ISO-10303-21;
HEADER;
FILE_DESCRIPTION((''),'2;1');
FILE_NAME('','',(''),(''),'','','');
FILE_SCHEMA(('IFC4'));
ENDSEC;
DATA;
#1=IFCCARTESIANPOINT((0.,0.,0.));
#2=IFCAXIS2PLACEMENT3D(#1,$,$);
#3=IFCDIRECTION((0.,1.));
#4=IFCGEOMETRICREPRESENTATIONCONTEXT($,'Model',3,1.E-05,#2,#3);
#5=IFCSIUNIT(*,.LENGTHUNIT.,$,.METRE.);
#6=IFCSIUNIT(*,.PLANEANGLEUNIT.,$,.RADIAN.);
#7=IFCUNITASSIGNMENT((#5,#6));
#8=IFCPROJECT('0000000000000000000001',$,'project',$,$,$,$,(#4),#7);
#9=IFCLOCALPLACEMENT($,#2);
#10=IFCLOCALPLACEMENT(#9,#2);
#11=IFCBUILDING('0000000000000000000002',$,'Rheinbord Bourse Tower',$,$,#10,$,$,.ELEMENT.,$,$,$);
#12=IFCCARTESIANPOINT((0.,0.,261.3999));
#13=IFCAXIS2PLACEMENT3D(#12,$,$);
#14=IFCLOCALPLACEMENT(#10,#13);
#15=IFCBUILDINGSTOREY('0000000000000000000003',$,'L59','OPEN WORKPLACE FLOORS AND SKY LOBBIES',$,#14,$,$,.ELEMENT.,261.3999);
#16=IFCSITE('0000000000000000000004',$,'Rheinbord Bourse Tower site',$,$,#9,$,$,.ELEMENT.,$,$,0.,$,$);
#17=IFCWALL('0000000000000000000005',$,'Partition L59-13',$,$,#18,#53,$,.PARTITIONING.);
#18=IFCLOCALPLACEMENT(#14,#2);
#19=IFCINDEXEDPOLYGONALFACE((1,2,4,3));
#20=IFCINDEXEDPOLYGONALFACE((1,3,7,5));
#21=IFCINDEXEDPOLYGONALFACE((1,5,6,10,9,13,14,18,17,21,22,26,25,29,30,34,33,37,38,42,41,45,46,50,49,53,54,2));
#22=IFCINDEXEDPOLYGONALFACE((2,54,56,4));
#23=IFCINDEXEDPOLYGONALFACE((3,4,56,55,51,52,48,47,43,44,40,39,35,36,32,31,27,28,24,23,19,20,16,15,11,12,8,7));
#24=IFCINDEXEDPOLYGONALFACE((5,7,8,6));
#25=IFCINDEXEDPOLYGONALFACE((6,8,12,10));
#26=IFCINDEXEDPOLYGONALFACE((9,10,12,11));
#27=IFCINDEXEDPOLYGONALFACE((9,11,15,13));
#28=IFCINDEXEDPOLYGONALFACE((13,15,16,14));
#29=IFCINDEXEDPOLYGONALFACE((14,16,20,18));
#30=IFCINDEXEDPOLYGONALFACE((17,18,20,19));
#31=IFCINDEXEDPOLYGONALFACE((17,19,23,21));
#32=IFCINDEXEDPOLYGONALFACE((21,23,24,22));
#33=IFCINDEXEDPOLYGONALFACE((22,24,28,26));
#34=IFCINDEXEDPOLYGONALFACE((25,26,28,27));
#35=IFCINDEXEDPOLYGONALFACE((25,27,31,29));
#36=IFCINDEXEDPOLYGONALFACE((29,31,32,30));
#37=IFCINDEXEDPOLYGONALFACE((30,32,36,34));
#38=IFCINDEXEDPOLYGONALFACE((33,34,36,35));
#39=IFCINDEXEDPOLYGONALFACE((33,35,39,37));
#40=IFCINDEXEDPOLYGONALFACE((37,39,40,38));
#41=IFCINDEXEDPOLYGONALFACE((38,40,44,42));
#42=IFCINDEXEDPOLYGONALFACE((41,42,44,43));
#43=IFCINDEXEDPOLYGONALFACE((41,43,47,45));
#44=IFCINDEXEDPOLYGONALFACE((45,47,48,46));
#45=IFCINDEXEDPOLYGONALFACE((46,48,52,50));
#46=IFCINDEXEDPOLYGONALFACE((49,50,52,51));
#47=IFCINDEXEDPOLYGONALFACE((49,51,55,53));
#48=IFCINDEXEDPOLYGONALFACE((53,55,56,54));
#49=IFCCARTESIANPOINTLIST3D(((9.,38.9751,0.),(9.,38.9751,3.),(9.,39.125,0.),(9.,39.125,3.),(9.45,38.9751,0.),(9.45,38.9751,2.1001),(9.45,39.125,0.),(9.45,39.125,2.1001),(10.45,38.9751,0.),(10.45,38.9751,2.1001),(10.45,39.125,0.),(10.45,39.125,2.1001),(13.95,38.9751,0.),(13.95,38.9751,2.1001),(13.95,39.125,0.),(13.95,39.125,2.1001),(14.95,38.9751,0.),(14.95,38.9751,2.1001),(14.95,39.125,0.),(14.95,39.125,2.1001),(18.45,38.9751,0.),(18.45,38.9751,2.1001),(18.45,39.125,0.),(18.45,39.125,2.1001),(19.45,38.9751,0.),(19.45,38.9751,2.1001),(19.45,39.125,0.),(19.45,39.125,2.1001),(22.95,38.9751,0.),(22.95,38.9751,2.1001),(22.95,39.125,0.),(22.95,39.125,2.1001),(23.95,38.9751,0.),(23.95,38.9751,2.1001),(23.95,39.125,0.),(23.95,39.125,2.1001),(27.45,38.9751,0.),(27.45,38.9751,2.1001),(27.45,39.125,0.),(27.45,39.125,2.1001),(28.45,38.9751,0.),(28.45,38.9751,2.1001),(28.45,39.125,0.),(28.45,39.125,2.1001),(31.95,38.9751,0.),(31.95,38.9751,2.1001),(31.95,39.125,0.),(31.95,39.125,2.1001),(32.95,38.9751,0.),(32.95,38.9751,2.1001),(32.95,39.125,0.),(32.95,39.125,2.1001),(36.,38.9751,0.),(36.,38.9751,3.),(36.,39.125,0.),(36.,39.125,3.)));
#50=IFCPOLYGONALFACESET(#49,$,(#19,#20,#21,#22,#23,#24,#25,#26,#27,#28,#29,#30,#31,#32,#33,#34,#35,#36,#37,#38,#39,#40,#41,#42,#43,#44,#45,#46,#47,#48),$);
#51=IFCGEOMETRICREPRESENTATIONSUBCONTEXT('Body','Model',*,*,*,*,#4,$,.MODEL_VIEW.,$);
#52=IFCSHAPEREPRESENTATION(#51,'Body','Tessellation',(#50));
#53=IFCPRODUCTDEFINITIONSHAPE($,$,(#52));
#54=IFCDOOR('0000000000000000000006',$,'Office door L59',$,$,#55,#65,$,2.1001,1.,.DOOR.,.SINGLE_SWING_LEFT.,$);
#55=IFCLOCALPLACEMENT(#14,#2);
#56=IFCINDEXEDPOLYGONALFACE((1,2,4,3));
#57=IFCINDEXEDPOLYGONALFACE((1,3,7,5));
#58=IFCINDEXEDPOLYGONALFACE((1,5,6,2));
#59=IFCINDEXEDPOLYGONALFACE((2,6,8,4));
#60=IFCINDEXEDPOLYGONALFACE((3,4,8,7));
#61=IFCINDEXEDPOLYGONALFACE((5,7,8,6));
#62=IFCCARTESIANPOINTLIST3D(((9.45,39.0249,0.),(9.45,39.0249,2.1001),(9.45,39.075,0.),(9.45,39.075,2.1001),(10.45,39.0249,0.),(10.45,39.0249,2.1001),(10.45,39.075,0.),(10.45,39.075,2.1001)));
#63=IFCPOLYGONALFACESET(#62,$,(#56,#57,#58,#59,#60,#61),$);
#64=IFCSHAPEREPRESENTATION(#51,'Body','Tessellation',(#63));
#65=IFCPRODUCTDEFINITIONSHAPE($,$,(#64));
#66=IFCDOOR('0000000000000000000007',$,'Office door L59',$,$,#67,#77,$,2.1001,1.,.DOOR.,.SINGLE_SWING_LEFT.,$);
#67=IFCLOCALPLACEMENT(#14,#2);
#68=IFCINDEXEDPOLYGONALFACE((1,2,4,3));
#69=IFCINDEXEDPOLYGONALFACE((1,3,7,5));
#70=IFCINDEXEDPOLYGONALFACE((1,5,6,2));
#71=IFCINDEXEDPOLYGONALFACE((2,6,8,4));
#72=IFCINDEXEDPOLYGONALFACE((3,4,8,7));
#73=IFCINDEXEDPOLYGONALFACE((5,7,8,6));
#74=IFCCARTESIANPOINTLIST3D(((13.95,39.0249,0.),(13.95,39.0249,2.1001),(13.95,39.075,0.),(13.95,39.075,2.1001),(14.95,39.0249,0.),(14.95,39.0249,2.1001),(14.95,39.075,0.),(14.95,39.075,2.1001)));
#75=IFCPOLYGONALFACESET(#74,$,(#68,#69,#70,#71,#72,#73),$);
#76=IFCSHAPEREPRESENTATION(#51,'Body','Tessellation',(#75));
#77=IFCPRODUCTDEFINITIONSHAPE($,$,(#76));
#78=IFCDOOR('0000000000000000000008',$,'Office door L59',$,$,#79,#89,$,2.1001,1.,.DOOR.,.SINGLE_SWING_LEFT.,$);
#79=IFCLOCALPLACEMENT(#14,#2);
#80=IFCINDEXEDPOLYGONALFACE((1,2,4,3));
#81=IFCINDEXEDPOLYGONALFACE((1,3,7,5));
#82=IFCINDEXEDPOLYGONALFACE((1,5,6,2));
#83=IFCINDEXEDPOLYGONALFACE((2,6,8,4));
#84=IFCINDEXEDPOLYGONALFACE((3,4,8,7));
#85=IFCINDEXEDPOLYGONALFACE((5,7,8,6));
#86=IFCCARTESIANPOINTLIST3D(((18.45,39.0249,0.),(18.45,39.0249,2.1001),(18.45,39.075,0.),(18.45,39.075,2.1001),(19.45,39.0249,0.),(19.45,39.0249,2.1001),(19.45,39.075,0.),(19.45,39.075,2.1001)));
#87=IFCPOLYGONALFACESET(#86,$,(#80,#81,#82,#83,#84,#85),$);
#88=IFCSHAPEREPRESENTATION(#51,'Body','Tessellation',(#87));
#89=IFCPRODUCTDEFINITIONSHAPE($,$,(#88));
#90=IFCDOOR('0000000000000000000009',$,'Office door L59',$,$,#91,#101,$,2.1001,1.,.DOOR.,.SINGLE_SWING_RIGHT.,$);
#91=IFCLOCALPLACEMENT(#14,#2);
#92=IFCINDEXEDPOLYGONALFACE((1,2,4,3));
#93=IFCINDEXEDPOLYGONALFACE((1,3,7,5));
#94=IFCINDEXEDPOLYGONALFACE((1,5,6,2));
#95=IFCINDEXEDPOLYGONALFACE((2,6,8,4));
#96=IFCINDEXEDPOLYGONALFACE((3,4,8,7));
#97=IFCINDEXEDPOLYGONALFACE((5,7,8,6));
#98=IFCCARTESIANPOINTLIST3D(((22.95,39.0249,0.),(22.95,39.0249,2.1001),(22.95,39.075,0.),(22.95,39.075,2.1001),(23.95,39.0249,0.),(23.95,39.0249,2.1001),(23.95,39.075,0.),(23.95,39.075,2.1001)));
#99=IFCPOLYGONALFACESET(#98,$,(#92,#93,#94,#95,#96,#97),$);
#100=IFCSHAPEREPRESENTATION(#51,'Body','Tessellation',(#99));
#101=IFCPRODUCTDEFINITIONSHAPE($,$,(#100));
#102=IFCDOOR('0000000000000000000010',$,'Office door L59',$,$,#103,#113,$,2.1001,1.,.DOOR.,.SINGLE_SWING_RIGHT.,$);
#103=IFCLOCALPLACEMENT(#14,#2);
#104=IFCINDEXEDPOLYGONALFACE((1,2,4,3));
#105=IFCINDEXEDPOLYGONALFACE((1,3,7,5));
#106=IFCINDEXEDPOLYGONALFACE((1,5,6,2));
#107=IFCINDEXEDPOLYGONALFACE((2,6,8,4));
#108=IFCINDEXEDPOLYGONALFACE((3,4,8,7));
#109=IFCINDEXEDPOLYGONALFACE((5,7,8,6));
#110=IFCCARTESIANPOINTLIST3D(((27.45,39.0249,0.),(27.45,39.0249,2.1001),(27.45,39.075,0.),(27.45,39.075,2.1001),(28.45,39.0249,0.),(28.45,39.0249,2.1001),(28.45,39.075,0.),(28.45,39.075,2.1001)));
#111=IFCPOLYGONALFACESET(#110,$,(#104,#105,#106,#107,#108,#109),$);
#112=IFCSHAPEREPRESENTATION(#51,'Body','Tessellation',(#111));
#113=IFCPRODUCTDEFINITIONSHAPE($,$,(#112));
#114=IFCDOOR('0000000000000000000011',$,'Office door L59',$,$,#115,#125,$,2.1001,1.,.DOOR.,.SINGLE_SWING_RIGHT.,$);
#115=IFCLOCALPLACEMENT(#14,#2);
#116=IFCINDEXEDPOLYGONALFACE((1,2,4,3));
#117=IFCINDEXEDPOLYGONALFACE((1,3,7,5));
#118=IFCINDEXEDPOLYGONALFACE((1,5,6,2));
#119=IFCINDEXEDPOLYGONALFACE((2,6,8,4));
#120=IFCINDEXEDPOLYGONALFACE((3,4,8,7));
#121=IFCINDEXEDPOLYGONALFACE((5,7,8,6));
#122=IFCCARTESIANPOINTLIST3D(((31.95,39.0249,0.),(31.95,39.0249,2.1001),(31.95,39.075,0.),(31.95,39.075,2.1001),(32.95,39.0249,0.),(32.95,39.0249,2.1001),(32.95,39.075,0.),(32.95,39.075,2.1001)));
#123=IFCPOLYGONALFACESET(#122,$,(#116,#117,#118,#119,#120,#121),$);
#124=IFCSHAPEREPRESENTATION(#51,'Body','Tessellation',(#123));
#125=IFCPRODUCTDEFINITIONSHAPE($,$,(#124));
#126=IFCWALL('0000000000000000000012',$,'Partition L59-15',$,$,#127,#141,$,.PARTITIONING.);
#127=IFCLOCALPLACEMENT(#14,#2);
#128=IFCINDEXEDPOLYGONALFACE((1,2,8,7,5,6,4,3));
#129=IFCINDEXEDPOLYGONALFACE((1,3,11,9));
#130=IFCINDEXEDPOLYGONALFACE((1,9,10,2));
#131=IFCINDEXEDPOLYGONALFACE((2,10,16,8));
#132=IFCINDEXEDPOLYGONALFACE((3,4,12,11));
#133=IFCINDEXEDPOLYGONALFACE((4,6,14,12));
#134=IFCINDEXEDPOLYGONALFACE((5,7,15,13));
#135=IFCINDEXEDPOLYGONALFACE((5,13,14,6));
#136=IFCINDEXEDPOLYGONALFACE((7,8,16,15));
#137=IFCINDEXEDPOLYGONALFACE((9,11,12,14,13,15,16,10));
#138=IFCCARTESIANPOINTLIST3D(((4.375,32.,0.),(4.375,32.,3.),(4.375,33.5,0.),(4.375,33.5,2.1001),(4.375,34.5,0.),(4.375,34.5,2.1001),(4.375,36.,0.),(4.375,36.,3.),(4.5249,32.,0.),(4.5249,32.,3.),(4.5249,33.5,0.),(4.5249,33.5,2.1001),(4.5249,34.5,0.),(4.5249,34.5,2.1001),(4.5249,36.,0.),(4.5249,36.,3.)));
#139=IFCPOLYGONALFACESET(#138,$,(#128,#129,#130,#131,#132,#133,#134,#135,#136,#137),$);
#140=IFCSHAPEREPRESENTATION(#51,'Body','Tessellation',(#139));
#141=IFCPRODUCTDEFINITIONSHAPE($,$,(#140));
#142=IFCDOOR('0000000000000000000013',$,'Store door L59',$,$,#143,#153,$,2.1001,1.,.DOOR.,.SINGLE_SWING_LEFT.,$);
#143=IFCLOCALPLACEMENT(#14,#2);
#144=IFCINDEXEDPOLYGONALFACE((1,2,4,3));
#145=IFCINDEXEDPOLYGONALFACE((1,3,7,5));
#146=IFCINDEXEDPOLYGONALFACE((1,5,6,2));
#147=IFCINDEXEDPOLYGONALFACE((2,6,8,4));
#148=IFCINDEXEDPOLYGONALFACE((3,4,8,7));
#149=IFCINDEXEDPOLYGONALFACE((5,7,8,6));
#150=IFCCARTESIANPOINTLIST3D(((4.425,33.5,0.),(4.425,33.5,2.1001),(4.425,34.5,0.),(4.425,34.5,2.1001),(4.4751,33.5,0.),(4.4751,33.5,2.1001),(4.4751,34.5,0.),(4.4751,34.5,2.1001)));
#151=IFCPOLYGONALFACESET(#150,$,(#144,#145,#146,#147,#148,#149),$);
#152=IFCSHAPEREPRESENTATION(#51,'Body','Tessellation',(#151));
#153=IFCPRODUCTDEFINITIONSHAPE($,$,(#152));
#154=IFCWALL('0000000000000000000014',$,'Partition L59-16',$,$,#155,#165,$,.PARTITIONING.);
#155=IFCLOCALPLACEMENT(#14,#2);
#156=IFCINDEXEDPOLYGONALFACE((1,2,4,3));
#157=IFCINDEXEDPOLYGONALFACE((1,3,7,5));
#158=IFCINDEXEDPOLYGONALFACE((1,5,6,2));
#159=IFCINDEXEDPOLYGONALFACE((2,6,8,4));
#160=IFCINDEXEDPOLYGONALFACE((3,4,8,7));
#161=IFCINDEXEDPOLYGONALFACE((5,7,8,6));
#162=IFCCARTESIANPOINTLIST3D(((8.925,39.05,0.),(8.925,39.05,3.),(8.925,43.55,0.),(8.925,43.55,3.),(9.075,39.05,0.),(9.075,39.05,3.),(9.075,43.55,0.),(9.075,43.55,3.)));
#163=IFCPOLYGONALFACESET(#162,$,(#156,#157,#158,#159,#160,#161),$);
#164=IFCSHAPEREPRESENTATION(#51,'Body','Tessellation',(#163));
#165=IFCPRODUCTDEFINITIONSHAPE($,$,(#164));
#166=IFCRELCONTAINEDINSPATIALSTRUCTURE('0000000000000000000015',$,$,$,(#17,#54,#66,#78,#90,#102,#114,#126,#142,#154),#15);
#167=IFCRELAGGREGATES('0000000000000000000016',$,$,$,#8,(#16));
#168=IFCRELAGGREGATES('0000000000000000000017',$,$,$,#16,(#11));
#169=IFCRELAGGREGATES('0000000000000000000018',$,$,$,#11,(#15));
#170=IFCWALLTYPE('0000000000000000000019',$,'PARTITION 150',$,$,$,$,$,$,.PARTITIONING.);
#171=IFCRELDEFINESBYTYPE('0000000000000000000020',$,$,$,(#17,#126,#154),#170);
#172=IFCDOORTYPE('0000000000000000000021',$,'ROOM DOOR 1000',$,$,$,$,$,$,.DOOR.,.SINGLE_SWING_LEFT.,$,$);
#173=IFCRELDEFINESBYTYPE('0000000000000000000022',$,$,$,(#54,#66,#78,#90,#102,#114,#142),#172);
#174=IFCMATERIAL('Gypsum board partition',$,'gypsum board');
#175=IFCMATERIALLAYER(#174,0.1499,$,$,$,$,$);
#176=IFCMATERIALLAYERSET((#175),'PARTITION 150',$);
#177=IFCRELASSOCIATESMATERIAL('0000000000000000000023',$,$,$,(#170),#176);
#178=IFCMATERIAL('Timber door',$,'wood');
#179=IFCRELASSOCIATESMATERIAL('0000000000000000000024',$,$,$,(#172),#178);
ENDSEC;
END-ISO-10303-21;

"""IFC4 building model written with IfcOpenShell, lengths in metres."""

from ifc_helpers import new_model, si_unit, direction, frame, frame_2d, origin, place, context, subcontext, project, spatial, rectangle, extrude, material, layer, layer_set, type_object, element, fill, save


model = new_model("IFC4")

# Units and contexts
model_context = context("Model", 3, precision=1e-05, world=origin(), true_north=direction((0.0, 1.0)))
body_context = subcontext(model_context, "Body", "Model", "MODEL_VIEW")
ifc_project = project(units=[si_unit("LENGTHUNIT", "METRE"), si_unit("PLANEANGLEUNIT", "RADIAN")], contexts=[model_context])

# Site, building, storey
site_placement = place(None, origin())
site = spatial("IfcSite", under=ifc_project, at=site_placement, Name="Rheinbord Bourse Tower site", CompositionType="ELEMENT", RefElevation=0.0)
building_placement = place(site_placement, origin())
building = spatial("IfcBuilding", under=site, at=building_placement, Name="Rheinbord Bourse Tower", CompositionType="ELEMENT")
storey_placement = place(building_placement, frame((0.0, 0.0, 261.3999)))
storey = spatial("IfcBuildingStorey", under=building, at=storey_placement, Name="L59", Description="OPEN WORKPLACE FLOORS AND SKY LOBBIES", CompositionType="ELEMENT", Elevation=261.3999)

# Shared definitions
ifc_material_1 = material(Name="Gypsum board partition", Category="gypsum board")
ifc_layer_1 = layer(ifc_material_1, 0.1499)
ifc_layer_set_1 = layer_set([ifc_layer_1], Name="PARTITION 150")
wall_type = type_object("IfcWallType", Name="PARTITION 150", PredefinedType="PARTITIONING", material=ifc_layer_set_1)

# Wall, openings, doors
wall_1_placement = place(storey_placement, frame((9.0, 39.05, 0.0), z_axis=(0.0, 0.0, 1.0), x_axis=(1.0, 0.0, 0.0)))
wall_1 = element("IfcWall", 1, at=wall_1_placement, inside=storey, type_object=wall_type, Name="Partition L59-13", PredefinedType="PARTITIONING", context=body_context, shape_type="SweptSolid", body=[
    extrude(rectangle(XDim=27.0, YDim=0.1499, at=frame_2d((13.5, 0.0))), origin(), (0.0, 0.0, 1.0), 3.0),
])
opening_1_placement = place(wall_1_placement, frame((0.45, 0.0, 0.0)))
opening_1 = element("IfcOpeningElement", 2, at=opening_1_placement, cuts=wall_1, PredefinedType="OPENING", context=body_context, shape_type="SweptSolid", body=[
    extrude(rectangle(XDim=1.0, YDim=2.1001, at=frame_2d((0.5, 1.05))), frame((0.0, 0.085, 0.0), z_axis=(0.0, -1.0, 0.0), x_axis=(1.0, 0.0, 0.0)), (0.0, 0.0, 1.0), 0.1699),
])
opening_2_placement = place(wall_1_placement, frame((4.95, 0.0, 0.0)))
opening_2 = element("IfcOpeningElement", 3, at=opening_2_placement, cuts=wall_1, PredefinedType="OPENING", context=body_context, shape_type="SweptSolid", body=[
    extrude(rectangle(XDim=1.0, YDim=2.1001, at=frame_2d((0.5, 1.05))), frame((0.0, 0.085, 0.0), z_axis=(0.0, -1.0, 0.0), x_axis=(1.0, 0.0, 0.0)), (0.0, 0.0, 1.0), 0.1699),
])
opening_3_placement = place(wall_1_placement, frame((9.45, 0.0, 0.0)))
opening_3 = element("IfcOpeningElement", 4, at=opening_3_placement, cuts=wall_1, PredefinedType="OPENING", context=body_context, shape_type="SweptSolid", body=[
    extrude(rectangle(XDim=1.0, YDim=2.1001, at=frame_2d((0.5, 1.05))), frame((0.0, 0.085, 0.0), z_axis=(0.0, -1.0, 0.0), x_axis=(1.0, 0.0, 0.0)), (0.0, 0.0, 1.0), 0.1699),
])
opening_4_placement = place(wall_1_placement, frame((13.95, 0.0, 0.0)))
opening_4 = element("IfcOpeningElement", 5, at=opening_4_placement, cuts=wall_1, PredefinedType="OPENING", context=body_context, shape_type="SweptSolid", body=[
    extrude(rectangle(XDim=1.0, YDim=2.1001, at=frame_2d((0.5, 1.05))), frame((0.0, 0.085, 0.0), z_axis=(0.0, -1.0, 0.0), x_axis=(1.0, 0.0, 0.0)), (0.0, 0.0, 1.0), 0.1699),
])
opening_5_placement = place(wall_1_placement, frame((18.45, 0.0, 0.0)))
opening_5 = element("IfcOpeningElement", 6, at=opening_5_placement, cuts=wall_1, PredefinedType="OPENING", context=body_context, shape_type="SweptSolid", body=[
    extrude(rectangle(XDim=1.0, YDim=2.1001, at=frame_2d((0.5, 1.05))), frame((0.0, 0.085, 0.0), z_axis=(0.0, -1.0, 0.0), x_axis=(1.0, 0.0, 0.0)), (0.0, 0.0, 1.0), 0.1699),
])
opening_6_placement = place(wall_1_placement, frame((22.95, 0.0, 0.0)))
opening_6 = element("IfcOpeningElement", 7, at=opening_6_placement, cuts=wall_1, PredefinedType="OPENING", context=body_context, shape_type="SweptSolid", body=[
    extrude(rectangle(XDim=1.0, YDim=2.1001, at=frame_2d((0.5, 1.05))), frame((0.0, 0.085, 0.0), z_axis=(0.0, -1.0, 0.0), x_axis=(1.0, 0.0, 0.0)), (0.0, 0.0, 1.0), 0.1699),
])
ifc_material_2 = material(Name="Timber door", Category="wood")
door_type = type_object("IfcDoorType", Name="ROOM DOOR 1000", OperationType="SINGLE_SWING_LEFT", PredefinedType="DOOR", material=ifc_material_2)
door_1_placement = place(opening_1_placement, origin())
door_1 = element("IfcDoor", 8, at=door_1_placement, inside=storey, type_object=door_type, Name="Office door L59", OperationType="SINGLE_SWING_LEFT", OverallHeight=2.1001, OverallWidth=1.0, PredefinedType="DOOR", context=body_context, shape_type="SweptSolid", body=[
    extrude(rectangle(XDim=1.0, YDim=2.1001, at=frame_2d((0.5, 1.05))), frame((0.0, 0.0249, 0.0), z_axis=(0.0, -1.0, 0.0), x_axis=(1.0, 0.0, 0.0)), (0.0, 0.0, 1.0), 0.05),
])
fill(opening_1, door_1)
door_2_placement = place(opening_2_placement, origin())
door_2 = element("IfcDoor", 9, at=door_2_placement, inside=storey, type_object=door_type, Name="Office door L59", OperationType="SINGLE_SWING_LEFT", OverallHeight=2.1001, OverallWidth=1.0, PredefinedType="DOOR", context=body_context, shape_type="SweptSolid", body=[
    extrude(rectangle(XDim=1.0, YDim=2.1001, at=frame_2d((0.5, 1.05))), frame((0.0, 0.0249, 0.0), z_axis=(0.0, -1.0, 0.0), x_axis=(1.0, 0.0, 0.0)), (0.0, 0.0, 1.0), 0.05),
])
fill(opening_2, door_2)
door_3_placement = place(opening_3_placement, origin())
door_3 = element("IfcDoor", 10, at=door_3_placement, inside=storey, type_object=door_type, Name="Office door L59", OperationType="SINGLE_SWING_LEFT", OverallHeight=2.1001, OverallWidth=1.0, PredefinedType="DOOR", context=body_context, shape_type="SweptSolid", body=[
    extrude(rectangle(XDim=1.0, YDim=2.1001, at=frame_2d((0.5, 1.05))), frame((0.0, 0.0249, 0.0), z_axis=(0.0, -1.0, 0.0), x_axis=(1.0, 0.0, 0.0)), (0.0, 0.0, 1.0), 0.05),
])
fill(opening_3, door_3)
door_4_placement = place(opening_4_placement, origin())
door_4 = element("IfcDoor", 11, at=door_4_placement, inside=storey, type_object=door_type, Name="Office door L59", OperationType="SINGLE_SWING_RIGHT", OverallHeight=2.1001, OverallWidth=1.0, PredefinedType="DOOR", context=body_context, shape_type="SweptSolid", body=[
    extrude(rectangle(XDim=1.0, YDim=2.1001, at=frame_2d((0.5, 1.05))), frame((0.0, 0.0249, 0.0), z_axis=(0.0, -1.0, 0.0), x_axis=(1.0, 0.0, 0.0)), (0.0, 0.0, 1.0), 0.05),
])
fill(opening_4, door_4)
door_5_placement = place(opening_5_placement, origin())
door_5 = element("IfcDoor", 12, at=door_5_placement, inside=storey, type_object=door_type, Name="Office door L59", OperationType="SINGLE_SWING_RIGHT", OverallHeight=2.1001, OverallWidth=1.0, PredefinedType="DOOR", context=body_context, shape_type="SweptSolid", body=[
    extrude(rectangle(XDim=1.0, YDim=2.1001, at=frame_2d((0.5, 1.05))), frame((0.0, 0.0249, 0.0), z_axis=(0.0, -1.0, 0.0), x_axis=(1.0, 0.0, 0.0)), (0.0, 0.0, 1.0), 0.05),
])
fill(opening_5, door_5)
door_6_placement = place(opening_6_placement, origin())
door_6 = element("IfcDoor", 13, at=door_6_placement, inside=storey, type_object=door_type, Name="Office door L59", OperationType="SINGLE_SWING_RIGHT", OverallHeight=2.1001, OverallWidth=1.0, PredefinedType="DOOR", context=body_context, shape_type="SweptSolid", body=[
    extrude(rectangle(XDim=1.0, YDim=2.1001, at=frame_2d((0.5, 1.05))), frame((0.0, 0.0249, 0.0), z_axis=(0.0, -1.0, 0.0), x_axis=(1.0, 0.0, 0.0)), (0.0, 0.0, 1.0), 0.05),
])
fill(opening_6, door_6)

# Wall, opening, door
wall_2_placement = place(storey_placement, frame((4.45, 32.0, 0.0), z_axis=(0.0, 0.0, 1.0), x_axis=(0.0, 1.0, 0.0)))
wall_2 = element("IfcWall", 14, at=wall_2_placement, inside=storey, type_object=wall_type, Name="Partition L59-15", PredefinedType="PARTITIONING", context=body_context, shape_type="SweptSolid", body=[
    extrude(rectangle(XDim=4.0, YDim=0.1499, at=frame_2d((2.0, 0.0))), origin(), (0.0, 0.0, 1.0), 3.0),
])
opening_7_placement = place(wall_2_placement, frame((1.5, 0.0, 0.0)))
opening_7 = element("IfcOpeningElement", 15, at=opening_7_placement, cuts=wall_2, PredefinedType="OPENING", context=body_context, shape_type="SweptSolid", body=[
    extrude(rectangle(XDim=1.0, YDim=2.1001, at=frame_2d((0.5, 1.05))), frame((0.0, 0.085, 0.0), z_axis=(0.0, -1.0, 0.0), x_axis=(1.0, 0.0, 0.0)), (0.0, 0.0, 1.0), 0.1699),
])
door_7_placement = place(opening_7_placement, origin())
door_7 = element("IfcDoor", 16, at=door_7_placement, inside=storey, type_object=door_type, Name="Store door L59", OperationType="SINGLE_SWING_LEFT", OverallHeight=2.1001, OverallWidth=1.0, PredefinedType="DOOR", context=body_context, shape_type="SweptSolid", body=[
    extrude(rectangle(XDim=1.0, YDim=2.1001, at=frame_2d((0.5, 1.05))), frame((0.0, 0.0249, 0.0), z_axis=(0.0, -1.0, 0.0), x_axis=(1.0, 0.0, 0.0)), (0.0, 0.0, 1.0), 0.05),
])
fill(opening_7, door_7)

# Wall
wall_3_placement = place(storey_placement, frame((9.0, 39.05, 0.0), z_axis=(0.0, 0.0, 1.0), x_axis=(0.0, 1.0, 0.0)))
element("IfcWall", 17, at=wall_3_placement, inside=storey, type_object=wall_type, Name="Partition L59-16", PredefinedType="PARTITIONING", context=body_context, shape_type="SweptSolid", body=[
    extrude(rectangle(XDim=4.5, YDim=0.1499, at=frame_2d((2.25, 0.0))), origin(), (0.0, 0.0, 1.0), 3.0),
])

save(model, "model.ifc")
